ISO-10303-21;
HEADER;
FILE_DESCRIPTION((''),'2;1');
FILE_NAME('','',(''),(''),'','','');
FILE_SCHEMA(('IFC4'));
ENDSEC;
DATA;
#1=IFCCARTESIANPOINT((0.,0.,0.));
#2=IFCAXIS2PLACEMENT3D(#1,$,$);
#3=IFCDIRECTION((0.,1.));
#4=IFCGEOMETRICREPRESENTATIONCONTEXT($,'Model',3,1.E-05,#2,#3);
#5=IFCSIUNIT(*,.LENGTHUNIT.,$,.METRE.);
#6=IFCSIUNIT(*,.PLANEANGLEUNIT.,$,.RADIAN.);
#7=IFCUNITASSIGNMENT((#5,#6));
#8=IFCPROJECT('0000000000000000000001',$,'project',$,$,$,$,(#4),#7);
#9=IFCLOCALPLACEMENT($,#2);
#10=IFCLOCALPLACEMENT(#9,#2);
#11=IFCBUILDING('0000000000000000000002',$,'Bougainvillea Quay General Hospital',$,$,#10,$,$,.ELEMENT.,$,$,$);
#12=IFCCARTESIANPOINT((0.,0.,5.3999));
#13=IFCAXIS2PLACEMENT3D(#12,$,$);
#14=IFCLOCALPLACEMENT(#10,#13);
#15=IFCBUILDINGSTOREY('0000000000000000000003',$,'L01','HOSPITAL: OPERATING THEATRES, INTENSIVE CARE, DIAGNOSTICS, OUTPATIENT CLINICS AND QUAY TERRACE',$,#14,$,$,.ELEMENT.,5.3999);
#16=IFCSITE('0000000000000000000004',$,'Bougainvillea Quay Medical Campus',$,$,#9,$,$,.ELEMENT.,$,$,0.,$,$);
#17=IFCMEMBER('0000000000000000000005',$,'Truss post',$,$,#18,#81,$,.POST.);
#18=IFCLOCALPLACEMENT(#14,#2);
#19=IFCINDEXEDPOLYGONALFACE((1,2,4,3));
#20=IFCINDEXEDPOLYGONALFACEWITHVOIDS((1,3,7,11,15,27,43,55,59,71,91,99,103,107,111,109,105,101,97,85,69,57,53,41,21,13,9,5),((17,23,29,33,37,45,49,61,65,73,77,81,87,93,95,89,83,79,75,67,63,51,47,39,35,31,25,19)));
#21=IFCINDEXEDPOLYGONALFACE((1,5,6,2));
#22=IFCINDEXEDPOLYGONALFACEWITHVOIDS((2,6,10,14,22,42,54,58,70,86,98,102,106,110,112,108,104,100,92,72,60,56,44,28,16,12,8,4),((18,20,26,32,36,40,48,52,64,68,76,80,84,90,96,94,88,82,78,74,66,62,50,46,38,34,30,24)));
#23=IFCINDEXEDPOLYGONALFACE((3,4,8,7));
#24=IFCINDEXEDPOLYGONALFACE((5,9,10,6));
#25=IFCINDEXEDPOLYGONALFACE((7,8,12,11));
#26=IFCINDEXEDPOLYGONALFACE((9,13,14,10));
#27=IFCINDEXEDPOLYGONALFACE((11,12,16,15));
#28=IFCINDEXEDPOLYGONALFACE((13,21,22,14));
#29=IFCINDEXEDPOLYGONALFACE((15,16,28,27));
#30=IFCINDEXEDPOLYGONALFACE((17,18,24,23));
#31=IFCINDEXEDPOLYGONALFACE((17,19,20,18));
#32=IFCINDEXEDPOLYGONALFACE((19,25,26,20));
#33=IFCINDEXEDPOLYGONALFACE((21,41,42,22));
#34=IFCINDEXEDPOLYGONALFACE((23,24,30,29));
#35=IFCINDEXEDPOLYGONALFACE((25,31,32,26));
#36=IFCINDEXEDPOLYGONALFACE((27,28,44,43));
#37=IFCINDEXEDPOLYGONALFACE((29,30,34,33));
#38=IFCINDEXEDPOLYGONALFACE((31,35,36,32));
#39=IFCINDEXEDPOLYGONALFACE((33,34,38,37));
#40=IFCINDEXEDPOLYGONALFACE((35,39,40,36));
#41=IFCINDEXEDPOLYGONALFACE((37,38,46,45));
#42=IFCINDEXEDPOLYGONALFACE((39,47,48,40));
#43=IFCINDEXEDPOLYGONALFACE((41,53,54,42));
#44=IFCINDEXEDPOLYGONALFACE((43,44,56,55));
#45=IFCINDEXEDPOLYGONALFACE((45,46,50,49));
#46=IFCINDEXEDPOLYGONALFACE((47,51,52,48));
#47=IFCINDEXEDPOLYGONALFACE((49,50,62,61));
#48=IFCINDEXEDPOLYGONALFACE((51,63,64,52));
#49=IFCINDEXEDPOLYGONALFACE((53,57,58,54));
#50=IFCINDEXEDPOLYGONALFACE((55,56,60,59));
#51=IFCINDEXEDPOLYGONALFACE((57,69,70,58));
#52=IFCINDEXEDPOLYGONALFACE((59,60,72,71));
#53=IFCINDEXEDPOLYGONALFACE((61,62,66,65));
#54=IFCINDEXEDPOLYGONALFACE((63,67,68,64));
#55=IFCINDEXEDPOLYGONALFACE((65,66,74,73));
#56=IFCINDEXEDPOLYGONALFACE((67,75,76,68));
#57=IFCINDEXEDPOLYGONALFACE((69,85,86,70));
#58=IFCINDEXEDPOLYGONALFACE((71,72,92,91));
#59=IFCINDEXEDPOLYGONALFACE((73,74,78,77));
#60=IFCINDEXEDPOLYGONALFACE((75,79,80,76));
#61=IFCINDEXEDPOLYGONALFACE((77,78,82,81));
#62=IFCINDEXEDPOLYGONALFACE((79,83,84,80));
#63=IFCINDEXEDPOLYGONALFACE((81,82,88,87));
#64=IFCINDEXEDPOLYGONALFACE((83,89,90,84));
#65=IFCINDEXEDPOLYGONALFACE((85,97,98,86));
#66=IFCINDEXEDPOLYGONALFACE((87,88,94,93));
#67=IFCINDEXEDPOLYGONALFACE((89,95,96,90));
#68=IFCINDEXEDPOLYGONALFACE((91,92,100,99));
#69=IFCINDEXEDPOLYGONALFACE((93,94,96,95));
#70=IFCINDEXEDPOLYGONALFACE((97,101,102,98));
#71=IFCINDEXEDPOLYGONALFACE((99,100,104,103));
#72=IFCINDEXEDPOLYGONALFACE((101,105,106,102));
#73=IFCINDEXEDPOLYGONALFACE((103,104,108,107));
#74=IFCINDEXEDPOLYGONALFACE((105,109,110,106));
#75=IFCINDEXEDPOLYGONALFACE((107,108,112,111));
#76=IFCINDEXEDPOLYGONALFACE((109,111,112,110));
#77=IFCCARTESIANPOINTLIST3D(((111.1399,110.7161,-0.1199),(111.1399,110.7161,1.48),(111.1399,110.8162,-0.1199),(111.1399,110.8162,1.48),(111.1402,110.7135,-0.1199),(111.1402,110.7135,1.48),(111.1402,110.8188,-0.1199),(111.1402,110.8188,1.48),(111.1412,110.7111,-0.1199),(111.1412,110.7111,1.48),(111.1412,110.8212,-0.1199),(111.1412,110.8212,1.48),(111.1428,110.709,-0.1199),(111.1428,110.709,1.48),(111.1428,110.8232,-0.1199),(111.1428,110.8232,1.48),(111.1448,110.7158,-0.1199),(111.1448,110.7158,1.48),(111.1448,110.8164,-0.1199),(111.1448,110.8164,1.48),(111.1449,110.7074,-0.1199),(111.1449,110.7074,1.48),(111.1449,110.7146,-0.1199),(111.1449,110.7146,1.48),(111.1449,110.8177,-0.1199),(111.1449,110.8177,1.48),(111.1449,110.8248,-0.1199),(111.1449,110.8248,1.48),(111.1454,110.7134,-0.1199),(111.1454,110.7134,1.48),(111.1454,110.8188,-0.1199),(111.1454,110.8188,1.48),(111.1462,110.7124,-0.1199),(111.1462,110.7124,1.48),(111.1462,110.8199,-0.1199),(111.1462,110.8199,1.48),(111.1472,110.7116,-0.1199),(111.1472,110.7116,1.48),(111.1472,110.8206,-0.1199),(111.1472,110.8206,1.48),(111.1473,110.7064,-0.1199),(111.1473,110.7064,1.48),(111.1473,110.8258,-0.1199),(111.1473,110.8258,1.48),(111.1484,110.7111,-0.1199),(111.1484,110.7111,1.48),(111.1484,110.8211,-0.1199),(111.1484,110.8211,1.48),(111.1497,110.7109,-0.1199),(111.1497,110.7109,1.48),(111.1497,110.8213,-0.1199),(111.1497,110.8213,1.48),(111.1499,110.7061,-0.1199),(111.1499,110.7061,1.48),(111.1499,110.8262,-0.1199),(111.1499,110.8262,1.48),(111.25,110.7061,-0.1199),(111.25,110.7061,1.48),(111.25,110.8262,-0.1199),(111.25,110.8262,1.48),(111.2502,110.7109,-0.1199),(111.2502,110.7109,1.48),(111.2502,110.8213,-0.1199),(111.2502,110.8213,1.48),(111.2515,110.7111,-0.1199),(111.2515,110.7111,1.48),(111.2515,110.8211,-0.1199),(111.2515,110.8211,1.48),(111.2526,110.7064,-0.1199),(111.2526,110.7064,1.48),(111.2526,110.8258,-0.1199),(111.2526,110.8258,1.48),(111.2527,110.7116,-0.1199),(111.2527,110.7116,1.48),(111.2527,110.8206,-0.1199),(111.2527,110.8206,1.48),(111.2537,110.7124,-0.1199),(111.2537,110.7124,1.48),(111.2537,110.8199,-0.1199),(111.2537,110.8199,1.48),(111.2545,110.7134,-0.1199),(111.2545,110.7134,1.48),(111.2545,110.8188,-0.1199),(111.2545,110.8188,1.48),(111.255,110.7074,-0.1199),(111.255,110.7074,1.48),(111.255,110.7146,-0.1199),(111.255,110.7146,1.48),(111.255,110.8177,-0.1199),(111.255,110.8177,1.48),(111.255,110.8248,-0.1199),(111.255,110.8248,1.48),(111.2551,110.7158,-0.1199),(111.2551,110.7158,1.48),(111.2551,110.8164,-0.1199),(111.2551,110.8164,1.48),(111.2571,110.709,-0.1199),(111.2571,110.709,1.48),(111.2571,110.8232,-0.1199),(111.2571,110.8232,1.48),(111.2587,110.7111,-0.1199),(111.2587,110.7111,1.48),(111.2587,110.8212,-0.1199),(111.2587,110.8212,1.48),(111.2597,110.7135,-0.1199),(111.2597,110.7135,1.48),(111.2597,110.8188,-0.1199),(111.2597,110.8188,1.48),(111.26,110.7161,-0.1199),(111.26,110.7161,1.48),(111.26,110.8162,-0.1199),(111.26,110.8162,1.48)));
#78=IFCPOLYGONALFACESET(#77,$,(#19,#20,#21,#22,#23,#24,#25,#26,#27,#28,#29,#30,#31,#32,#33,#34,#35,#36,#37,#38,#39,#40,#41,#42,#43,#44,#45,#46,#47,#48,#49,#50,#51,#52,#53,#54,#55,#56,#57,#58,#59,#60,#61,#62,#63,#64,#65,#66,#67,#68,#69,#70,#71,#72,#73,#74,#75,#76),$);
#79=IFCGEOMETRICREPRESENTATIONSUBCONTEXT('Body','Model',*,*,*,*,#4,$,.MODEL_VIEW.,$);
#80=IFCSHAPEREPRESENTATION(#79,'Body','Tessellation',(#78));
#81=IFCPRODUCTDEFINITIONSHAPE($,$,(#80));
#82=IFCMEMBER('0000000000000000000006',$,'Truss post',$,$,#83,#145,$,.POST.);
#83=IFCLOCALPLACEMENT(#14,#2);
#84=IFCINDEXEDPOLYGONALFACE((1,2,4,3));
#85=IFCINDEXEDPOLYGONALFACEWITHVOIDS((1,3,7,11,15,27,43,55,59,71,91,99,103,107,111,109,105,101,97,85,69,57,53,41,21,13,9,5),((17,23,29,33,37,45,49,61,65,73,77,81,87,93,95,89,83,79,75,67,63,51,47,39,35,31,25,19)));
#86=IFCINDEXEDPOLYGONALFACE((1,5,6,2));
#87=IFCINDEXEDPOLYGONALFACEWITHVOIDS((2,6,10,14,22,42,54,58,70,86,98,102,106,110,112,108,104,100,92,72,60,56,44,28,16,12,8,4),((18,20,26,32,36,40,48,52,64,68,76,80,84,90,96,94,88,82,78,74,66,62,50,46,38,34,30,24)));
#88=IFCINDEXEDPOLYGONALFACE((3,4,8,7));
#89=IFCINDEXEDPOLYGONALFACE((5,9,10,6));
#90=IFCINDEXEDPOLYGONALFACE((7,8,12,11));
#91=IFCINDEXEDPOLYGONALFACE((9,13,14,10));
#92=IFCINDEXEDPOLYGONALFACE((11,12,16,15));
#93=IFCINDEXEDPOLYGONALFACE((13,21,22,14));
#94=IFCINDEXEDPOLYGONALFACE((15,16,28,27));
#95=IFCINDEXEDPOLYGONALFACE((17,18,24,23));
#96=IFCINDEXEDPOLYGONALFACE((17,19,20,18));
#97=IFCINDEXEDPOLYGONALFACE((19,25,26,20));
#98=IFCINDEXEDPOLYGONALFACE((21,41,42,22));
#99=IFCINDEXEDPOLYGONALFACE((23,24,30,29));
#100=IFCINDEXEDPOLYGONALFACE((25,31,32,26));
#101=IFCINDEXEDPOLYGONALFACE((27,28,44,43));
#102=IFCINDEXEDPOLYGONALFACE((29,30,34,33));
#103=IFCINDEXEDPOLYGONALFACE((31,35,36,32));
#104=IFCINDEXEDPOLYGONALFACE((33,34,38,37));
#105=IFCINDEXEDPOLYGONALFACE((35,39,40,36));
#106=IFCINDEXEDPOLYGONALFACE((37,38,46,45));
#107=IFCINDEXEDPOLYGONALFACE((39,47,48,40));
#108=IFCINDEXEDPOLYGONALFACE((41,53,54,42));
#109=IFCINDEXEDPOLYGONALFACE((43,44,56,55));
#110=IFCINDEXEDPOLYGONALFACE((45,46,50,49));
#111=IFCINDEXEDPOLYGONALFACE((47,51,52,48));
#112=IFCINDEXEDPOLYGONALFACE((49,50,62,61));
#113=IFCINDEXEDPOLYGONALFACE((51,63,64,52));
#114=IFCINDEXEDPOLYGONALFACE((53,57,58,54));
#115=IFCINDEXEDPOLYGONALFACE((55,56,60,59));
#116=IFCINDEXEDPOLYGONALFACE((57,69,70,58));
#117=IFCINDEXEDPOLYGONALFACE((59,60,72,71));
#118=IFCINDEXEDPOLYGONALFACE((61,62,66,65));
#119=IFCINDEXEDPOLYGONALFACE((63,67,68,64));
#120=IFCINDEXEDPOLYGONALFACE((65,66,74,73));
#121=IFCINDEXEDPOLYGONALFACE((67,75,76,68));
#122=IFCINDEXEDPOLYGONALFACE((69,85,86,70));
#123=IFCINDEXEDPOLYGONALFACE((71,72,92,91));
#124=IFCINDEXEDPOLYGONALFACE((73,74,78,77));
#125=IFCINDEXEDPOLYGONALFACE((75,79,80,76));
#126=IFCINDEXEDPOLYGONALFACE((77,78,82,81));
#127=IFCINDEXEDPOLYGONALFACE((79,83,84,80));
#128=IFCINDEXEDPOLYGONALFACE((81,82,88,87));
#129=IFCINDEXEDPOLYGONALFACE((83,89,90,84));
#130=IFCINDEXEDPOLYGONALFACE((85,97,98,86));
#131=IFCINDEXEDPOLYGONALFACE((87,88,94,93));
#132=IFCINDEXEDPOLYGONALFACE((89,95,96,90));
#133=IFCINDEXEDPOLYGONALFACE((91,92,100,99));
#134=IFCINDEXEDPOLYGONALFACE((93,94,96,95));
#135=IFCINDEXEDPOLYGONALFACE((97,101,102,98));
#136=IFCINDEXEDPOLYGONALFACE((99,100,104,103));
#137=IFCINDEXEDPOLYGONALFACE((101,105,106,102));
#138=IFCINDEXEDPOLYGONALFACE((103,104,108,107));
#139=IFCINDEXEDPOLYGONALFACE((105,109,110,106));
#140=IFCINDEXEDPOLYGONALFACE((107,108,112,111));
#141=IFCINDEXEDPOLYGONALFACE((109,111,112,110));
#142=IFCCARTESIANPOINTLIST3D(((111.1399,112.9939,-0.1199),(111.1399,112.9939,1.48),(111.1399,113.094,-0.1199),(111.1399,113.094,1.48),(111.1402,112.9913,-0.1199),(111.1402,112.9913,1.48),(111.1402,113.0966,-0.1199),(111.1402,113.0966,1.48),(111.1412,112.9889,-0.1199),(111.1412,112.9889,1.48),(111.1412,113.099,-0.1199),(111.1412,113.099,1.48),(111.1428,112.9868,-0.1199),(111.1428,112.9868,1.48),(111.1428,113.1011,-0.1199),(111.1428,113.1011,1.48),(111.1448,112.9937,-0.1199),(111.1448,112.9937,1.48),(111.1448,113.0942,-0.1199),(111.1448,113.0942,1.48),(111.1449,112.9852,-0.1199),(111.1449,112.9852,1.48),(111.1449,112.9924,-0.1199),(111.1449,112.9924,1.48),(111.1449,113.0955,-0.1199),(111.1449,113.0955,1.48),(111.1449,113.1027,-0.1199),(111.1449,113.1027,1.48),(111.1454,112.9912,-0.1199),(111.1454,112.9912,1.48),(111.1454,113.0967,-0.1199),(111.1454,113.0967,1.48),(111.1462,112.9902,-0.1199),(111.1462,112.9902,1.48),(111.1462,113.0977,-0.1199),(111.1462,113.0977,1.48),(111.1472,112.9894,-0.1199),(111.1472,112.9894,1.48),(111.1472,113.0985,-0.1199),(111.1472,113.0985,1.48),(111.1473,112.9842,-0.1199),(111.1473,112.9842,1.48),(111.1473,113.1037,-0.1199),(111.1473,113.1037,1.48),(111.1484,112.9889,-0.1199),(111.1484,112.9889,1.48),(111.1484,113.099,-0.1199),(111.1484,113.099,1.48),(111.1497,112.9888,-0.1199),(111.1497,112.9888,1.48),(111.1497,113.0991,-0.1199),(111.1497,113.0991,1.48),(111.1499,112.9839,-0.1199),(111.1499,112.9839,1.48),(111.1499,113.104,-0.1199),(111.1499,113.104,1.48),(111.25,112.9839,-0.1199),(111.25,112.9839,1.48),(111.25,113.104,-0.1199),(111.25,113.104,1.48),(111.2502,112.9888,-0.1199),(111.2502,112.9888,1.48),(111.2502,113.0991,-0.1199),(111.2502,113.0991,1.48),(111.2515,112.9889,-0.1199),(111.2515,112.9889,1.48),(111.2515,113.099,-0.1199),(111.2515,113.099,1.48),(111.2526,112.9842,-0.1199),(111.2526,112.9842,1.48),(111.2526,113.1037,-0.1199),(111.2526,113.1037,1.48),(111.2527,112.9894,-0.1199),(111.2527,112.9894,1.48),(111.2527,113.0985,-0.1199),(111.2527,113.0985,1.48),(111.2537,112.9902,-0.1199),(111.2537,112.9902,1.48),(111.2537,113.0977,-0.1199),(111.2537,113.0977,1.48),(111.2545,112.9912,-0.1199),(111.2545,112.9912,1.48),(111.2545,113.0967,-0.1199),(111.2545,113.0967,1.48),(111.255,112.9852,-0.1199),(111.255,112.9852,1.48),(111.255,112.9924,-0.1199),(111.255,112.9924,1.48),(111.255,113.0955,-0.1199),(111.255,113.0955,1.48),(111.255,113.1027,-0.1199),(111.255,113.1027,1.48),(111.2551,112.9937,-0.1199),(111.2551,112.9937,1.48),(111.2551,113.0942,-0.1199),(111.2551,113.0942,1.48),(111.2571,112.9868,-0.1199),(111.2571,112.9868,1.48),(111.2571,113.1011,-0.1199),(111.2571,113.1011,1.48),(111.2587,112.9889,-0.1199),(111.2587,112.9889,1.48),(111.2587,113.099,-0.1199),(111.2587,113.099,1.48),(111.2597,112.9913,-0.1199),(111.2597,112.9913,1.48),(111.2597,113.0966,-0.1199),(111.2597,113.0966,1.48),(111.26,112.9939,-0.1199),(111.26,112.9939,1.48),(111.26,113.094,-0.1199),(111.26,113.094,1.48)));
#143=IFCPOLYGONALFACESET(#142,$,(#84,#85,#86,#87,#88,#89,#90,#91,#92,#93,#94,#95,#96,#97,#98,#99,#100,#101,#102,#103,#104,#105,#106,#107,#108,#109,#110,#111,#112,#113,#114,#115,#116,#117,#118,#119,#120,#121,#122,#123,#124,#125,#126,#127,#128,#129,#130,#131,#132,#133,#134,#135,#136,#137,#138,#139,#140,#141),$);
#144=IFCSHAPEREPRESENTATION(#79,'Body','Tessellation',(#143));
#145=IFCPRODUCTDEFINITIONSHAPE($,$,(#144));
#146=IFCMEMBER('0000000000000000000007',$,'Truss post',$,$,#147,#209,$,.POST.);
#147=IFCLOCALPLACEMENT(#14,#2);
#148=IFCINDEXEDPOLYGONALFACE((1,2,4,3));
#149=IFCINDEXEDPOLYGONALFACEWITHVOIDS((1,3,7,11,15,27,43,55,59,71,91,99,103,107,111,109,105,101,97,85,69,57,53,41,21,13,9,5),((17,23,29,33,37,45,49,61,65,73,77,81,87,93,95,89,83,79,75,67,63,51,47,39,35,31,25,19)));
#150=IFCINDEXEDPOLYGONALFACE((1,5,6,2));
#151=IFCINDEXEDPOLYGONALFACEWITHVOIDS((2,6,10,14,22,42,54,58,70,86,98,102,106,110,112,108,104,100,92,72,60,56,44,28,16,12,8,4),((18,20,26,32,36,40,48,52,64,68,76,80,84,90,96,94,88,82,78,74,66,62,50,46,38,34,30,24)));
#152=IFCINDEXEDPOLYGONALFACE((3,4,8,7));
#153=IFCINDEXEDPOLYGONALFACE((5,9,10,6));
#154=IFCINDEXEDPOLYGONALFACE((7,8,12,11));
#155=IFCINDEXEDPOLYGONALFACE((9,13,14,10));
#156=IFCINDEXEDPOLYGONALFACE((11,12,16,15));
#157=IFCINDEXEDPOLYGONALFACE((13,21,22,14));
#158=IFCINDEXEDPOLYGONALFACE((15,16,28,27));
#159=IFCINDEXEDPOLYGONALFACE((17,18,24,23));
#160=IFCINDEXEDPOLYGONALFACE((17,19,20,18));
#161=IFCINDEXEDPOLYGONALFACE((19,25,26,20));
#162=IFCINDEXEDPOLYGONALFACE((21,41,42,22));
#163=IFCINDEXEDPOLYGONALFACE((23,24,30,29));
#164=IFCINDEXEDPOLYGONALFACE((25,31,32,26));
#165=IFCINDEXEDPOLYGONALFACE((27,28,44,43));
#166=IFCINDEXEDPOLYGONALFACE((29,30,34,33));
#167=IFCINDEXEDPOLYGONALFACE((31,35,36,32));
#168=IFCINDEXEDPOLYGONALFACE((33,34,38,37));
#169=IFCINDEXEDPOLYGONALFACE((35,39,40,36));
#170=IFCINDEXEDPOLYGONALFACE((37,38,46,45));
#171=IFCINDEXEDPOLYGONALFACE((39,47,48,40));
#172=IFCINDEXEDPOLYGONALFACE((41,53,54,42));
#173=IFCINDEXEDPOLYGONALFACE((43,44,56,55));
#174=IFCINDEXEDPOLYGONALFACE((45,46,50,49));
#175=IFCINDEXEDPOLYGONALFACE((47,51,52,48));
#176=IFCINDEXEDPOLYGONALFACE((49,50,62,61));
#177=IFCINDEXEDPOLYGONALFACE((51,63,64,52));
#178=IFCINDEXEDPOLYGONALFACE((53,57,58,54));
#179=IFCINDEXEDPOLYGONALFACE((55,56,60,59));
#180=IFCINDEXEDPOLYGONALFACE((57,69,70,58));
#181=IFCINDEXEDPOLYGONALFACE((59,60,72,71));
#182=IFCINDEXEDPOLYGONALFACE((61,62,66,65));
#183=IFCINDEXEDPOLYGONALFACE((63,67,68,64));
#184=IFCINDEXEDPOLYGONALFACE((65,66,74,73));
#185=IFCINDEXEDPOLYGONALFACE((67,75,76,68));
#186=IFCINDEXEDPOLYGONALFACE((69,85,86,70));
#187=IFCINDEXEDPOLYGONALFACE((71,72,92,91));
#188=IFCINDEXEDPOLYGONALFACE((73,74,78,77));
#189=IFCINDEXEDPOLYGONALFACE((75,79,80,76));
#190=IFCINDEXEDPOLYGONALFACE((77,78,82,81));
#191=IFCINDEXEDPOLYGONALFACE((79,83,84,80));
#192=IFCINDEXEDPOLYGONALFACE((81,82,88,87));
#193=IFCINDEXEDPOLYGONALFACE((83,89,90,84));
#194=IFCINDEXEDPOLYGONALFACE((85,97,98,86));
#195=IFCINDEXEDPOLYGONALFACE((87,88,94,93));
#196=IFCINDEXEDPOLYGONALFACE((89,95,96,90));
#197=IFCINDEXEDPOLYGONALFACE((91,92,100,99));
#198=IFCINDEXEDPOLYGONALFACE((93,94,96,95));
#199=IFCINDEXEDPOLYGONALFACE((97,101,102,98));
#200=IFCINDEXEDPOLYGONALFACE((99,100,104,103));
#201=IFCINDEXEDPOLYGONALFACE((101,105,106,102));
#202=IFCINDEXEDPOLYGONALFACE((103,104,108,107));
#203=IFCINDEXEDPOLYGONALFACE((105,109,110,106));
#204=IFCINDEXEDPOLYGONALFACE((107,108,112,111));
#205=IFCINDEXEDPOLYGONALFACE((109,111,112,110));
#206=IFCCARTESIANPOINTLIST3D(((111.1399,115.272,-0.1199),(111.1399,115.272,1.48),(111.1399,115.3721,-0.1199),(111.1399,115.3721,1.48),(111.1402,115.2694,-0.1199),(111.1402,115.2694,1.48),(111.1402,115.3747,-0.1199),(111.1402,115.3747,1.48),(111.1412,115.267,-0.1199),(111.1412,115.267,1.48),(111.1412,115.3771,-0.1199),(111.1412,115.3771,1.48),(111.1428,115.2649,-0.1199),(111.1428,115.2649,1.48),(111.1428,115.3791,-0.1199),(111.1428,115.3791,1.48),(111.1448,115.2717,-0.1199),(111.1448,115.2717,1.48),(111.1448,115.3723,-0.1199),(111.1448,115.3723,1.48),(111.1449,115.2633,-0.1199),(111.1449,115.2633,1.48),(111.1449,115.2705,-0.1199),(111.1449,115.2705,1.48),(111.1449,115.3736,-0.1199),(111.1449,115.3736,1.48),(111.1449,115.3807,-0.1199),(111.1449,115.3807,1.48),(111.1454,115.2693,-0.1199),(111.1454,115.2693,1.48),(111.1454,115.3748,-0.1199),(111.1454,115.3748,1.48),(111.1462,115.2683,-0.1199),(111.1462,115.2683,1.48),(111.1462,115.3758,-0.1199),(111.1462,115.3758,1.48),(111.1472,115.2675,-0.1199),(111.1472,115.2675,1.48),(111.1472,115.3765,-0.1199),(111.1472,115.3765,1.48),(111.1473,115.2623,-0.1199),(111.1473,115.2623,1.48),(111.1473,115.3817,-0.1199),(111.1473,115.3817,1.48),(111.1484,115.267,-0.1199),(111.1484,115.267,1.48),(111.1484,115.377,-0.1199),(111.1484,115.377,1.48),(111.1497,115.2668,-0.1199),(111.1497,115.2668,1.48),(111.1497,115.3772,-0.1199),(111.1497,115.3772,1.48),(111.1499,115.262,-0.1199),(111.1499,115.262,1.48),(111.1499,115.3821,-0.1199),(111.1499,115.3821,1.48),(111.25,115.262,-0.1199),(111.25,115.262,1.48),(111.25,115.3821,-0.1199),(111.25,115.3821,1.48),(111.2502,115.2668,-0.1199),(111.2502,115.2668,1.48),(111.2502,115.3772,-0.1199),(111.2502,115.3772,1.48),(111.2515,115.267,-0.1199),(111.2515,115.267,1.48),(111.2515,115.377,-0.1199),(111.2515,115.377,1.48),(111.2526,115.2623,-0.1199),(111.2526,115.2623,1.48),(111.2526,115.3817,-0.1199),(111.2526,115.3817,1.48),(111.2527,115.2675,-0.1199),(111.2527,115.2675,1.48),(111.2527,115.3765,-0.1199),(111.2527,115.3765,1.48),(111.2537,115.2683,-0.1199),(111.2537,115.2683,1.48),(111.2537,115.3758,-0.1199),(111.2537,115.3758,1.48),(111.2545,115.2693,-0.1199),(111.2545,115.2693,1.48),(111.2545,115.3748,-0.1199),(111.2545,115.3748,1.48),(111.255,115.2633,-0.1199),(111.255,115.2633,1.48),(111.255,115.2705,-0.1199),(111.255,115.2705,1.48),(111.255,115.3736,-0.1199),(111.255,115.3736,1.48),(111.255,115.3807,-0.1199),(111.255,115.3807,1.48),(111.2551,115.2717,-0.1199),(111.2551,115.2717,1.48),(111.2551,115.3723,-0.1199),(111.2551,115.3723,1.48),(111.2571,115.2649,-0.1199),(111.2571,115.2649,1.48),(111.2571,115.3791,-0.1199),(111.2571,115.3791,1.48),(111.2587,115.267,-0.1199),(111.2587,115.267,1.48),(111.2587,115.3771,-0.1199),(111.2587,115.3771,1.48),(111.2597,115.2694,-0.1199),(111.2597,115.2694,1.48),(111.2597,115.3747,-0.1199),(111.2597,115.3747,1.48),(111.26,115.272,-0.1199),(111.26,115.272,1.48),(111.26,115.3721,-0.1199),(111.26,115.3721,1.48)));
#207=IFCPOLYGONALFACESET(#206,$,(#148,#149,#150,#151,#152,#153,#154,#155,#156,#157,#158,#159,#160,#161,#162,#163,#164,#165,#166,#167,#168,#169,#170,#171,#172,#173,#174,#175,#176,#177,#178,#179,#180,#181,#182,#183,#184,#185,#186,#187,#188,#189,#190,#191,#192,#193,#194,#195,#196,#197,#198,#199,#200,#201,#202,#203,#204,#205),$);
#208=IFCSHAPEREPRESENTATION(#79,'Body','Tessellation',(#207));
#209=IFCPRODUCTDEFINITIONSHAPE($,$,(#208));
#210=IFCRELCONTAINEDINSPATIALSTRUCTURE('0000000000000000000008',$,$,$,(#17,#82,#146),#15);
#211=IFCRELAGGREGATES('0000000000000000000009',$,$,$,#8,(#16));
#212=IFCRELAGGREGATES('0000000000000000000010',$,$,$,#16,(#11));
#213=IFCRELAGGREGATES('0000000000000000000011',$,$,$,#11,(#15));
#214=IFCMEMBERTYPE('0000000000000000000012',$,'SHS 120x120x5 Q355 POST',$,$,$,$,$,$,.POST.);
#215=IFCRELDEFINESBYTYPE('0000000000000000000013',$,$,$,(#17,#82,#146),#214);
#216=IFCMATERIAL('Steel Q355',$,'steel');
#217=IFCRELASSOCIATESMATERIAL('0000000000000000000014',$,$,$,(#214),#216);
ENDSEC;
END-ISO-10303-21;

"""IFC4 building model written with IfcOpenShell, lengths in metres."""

from ifc_helpers import new_model, si_unit, direction, frame, origin, origin_2d, place, context, subcontext, project, spatial, hollow_rectangle, extrude, material, material_profile, profile_set, type_object, element, save


model = new_model("IFC4")

# Units and contexts
model_context = context("Model", 3, precision=1e-05, world=origin(), true_north=direction((0.0, 1.0)))
body_context = subcontext(model_context, "Body", "Model", "MODEL_VIEW")
ifc_project = project(units=[si_unit("LENGTHUNIT", "METRE"), si_unit("PLANEANGLEUNIT", "RADIAN")], contexts=[model_context])

# Site, building, storey
site_placement = place(None, origin())
site = spatial("IfcSite", under=ifc_project, at=site_placement, Name="Bougainvillea Quay Medical Campus", CompositionType="ELEMENT", RefElevation=0.0)
building_placement = place(site_placement, origin())
building = spatial("IfcBuilding", under=site, at=building_placement, Name="Bougainvillea Quay General Hospital", CompositionType="ELEMENT")
storey_placement = place(building_placement, frame((0.0, 0.0, 5.3999)))
storey = spatial("IfcBuildingStorey", under=building, at=storey_placement, Name="L01", Description="HOSPITAL: OPERATING THEATRES, INTENSIVE CARE, DIAGNOSTICS, OUTPATIENT CLINICS AND QUAY TERRACE", CompositionType="ELEMENT", Elevation=5.3999)

# Members
ifc_material_1 = material(Name="Steel Q355", Category="steel")
ifc_material_profile_1 = material_profile(ifc_material_1, hollow_rectangle(XDim=0.1201, YDim=0.1201, WallThickness=0.0049, InnerFilletRadius=0.0049, OuterFilletRadius=0.01, at=origin_2d()))
ifc_profile_set_1 = profile_set([ifc_material_profile_1], Name="Steel Q355")
member_type_1 = type_object("IfcMemberType", Name="SHS 120x120x5 Q355 POST", PredefinedType="POST", material=ifc_profile_set_1)
for number, where, z_axis, x_axis, name in (
    (1, (111.2, 110.7661, -0.1199), (0.0, 0.0, 1.0), (1.0, 0.0, 0.0), "Truss post"),
    (2, (111.2, 113.0439, -0.1199), (0.0, 0.0, 1.0), (1.0, 0.0, 0.0), "Truss post"),
    (3, (111.2, 115.322, -0.1199), (0.0, 0.0, 1.0), (1.0, 0.0, 0.0), "Truss post"),
):
    element("IfcMember", number, at=place(storey_placement, frame(where, z_axis=z_axis, x_axis=x_axis)), inside=storey, type_object=member_type_1, Name=name, PredefinedType="POST", context=body_context, shape_type="SweptSolid", body=[
        extrude(hollow_rectangle(XDim=0.1201, YDim=0.1201, WallThickness=0.0049, InnerFilletRadius=0.0049, OuterFilletRadius=0.01, at=origin_2d()), origin(), (0.0, 0.0, 1.0), 1.5999),
    ])

save(model, "model.ifc")
